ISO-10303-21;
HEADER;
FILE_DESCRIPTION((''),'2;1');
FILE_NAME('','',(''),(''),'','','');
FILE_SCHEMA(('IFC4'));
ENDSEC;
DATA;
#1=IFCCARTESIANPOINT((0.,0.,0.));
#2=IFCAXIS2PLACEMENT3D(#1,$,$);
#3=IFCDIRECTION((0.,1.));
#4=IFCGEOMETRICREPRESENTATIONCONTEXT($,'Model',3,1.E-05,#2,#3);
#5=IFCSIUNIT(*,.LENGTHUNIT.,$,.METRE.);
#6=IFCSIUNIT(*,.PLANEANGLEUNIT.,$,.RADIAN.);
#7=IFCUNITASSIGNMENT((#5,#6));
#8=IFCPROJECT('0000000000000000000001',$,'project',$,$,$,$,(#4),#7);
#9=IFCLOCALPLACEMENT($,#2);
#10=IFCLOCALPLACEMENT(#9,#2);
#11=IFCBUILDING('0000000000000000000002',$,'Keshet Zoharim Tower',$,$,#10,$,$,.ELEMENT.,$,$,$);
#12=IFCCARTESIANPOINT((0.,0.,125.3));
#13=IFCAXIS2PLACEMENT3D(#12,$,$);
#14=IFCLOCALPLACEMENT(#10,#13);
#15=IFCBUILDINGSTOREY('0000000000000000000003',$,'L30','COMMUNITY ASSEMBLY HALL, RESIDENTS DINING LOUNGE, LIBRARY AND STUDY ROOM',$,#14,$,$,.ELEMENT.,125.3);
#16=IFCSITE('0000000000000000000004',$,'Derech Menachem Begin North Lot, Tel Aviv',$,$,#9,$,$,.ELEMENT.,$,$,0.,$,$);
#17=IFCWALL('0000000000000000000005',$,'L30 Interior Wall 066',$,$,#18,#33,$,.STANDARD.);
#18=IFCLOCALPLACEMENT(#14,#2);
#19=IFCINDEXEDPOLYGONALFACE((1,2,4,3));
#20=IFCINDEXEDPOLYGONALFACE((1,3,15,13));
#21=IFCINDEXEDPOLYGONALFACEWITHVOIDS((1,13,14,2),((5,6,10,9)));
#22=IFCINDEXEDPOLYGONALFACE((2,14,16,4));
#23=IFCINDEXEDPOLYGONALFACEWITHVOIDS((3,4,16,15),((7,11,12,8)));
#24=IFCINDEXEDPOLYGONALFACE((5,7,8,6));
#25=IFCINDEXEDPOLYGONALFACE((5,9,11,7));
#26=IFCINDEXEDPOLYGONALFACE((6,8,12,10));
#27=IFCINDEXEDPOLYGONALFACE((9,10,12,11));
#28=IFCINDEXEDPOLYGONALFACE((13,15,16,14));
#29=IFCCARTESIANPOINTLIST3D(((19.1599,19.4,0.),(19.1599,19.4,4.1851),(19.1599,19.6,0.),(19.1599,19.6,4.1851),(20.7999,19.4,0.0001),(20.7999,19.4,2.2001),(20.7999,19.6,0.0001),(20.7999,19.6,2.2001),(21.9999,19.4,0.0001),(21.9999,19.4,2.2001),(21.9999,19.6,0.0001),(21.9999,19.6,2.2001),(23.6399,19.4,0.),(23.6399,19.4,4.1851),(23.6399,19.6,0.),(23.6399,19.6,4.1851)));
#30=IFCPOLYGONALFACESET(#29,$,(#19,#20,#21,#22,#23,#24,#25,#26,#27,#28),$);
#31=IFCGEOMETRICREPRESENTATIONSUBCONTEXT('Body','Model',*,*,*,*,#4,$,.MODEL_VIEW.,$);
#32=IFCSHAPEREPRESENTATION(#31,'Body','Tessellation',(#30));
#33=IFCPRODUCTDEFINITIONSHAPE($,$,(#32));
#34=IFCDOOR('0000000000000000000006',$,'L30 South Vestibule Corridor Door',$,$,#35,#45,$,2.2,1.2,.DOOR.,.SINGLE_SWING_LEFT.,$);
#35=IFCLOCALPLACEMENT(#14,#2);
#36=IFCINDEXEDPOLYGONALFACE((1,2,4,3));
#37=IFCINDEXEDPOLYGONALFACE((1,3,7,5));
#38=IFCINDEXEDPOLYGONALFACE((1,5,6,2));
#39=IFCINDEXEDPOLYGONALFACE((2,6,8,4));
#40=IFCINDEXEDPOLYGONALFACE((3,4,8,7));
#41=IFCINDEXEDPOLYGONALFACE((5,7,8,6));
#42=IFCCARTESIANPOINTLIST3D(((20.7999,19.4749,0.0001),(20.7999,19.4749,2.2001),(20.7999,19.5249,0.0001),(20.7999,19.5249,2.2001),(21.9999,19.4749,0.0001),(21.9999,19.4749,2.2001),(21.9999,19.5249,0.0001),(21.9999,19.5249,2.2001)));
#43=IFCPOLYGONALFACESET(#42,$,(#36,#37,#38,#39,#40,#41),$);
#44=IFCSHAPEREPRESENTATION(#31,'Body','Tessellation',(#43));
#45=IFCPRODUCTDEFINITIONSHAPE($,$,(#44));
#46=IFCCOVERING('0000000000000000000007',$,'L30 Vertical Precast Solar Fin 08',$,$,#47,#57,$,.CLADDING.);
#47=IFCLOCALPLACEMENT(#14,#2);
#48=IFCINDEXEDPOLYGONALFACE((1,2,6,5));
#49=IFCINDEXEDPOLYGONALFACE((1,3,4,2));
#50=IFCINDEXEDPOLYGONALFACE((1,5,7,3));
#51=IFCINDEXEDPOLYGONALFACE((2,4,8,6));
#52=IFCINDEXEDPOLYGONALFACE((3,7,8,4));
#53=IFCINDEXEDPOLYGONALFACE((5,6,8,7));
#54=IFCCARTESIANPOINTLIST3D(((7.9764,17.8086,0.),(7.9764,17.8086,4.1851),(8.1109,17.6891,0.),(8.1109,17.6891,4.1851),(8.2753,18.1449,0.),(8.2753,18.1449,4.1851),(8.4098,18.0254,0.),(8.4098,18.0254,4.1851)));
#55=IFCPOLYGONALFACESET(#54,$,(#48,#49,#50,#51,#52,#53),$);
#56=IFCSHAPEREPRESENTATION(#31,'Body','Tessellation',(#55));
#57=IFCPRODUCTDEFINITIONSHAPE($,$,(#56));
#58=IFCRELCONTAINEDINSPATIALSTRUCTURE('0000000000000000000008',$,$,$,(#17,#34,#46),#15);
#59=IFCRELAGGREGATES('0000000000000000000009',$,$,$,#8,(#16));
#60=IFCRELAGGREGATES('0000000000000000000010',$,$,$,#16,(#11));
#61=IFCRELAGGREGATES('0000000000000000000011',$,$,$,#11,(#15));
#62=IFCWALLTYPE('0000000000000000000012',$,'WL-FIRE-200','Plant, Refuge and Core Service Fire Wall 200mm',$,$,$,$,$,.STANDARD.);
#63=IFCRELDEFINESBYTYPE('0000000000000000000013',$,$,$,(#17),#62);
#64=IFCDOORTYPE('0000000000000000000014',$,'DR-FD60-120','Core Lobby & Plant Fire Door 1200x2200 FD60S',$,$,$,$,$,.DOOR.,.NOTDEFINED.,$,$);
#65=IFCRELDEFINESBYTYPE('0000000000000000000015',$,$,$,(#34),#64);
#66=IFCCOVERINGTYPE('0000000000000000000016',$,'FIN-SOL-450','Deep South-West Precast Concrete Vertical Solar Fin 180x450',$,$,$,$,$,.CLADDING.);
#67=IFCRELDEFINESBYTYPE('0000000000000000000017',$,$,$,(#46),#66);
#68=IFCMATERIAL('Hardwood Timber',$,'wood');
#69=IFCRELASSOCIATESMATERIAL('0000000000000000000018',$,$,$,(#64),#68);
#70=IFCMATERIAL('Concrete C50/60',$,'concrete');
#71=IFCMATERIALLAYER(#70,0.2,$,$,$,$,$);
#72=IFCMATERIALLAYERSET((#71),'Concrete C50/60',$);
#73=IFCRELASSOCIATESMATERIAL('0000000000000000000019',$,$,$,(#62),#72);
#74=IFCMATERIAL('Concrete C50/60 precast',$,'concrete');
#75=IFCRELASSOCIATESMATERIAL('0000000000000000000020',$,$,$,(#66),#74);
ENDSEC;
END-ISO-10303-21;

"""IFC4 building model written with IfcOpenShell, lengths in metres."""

from ifc_helpers import new_model, si_unit, direction, frame, frame_2d, origin, origin_2d, place, context, subcontext, project, spatial, rectangle, extrude, material, layer, layer_set, type_object, element, fill, save


model = new_model("IFC4")

# Units and contexts
model_context = context("Model", 3, precision=1e-05, world=origin(), true_north=direction((0.0, 1.0)))
body_context = subcontext(model_context, "Body", "Model", "MODEL_VIEW")
ifc_project = project(units=[si_unit("LENGTHUNIT", "METRE"), si_unit("PLANEANGLEUNIT", "RADIAN")], contexts=[model_context])

# Site, building, storey
site_placement = place(None, origin())
site = spatial("IfcSite", under=ifc_project, at=site_placement, Name="Derech Menachem Begin North Lot, Tel Aviv", CompositionType="ELEMENT", RefElevation=0.0)
building_placement = place(site_placement, origin())
building = spatial("IfcBuilding", under=site, at=building_placement, Name="Keshet Zoharim Tower", CompositionType="ELEMENT")
storey_placement = place(building_placement, frame((0.0, 0.0, 125.3)))
storey = spatial("IfcBuildingStorey", under=building, at=storey_placement, Name="L30", Description="COMMUNITY ASSEMBLY HALL, RESIDENTS DINING LOUNGE, LIBRARY AND STUDY ROOM", CompositionType="ELEMENT", Elevation=125.3)

# Shared definitions
ifc_material_1 = material(Name="Hardwood Timber", Category="wood")

# Wall, opening, door
door_type_1 = type_object("IfcDoorType", Name="DR-FD60-120", Description="Core Lobby & Plant Fire Door 1200x2200 FD60S", OperationType="NOTDEFINED", PredefinedType="DOOR", material=ifc_material_1)
ifc_material_2 = material(Name="Concrete C50/60", Category="concrete")
ifc_layer_1 = layer(ifc_material_2, 0.2)
ifc_layer_set_1 = layer_set([ifc_layer_1], Name="Concrete C50/60")
wall_type_1 = type_object("IfcWallType", Name="WL-FIRE-200", Description="Plant, Refuge and Core Service Fire Wall 200mm", PredefinedType="STANDARD", material=ifc_layer_set_1)
wall_1_placement = place(storey_placement, frame((19.1599, 19.5, 0.0), z_axis=(0.0, 0.0, 1.0), x_axis=(1.0, 0.0, 0.0)))
wall_1 = element("IfcWall", 1, at=wall_1_placement, inside=storey, type_object=wall_type_1, Name="L30 Interior Wall 066", PredefinedType="STANDARD", context=body_context, shape_type="SweptSolid", body=[
    extrude(rectangle(XDim=4.48, YDim=0.2, at=frame_2d((2.24, 0.0))), origin(), (0.0, 0.0, 1.0), 4.1851),
])
opening_1_placement = place(wall_1_placement, frame((1.6399, 0.0, 0.0)))
opening_1 = element("IfcOpeningElement", 2, at=opening_1_placement, cuts=wall_1, PredefinedType="OPENING", context=body_context, shape_type="SweptSolid", body=[
    extrude(rectangle(XDim=1.2, YDim=2.2, at=frame_2d((0.6001, 1.1001))), frame((0.0, 0.1099, 0.0), z_axis=(0.0, -1.0, 0.0), x_axis=(1.0, 0.0, 0.0)), (0.0, 0.0, 1.0), 0.22),
])
door_1_placement = place(opening_1_placement, origin())
door_1 = element("IfcDoor", 3, at=door_1_placement, inside=storey, type_object=door_type_1, Name="L30 South Vestibule Corridor Door", OperationType="SINGLE_SWING_LEFT", OverallHeight=2.2, OverallWidth=1.2, PredefinedType="DOOR", context=body_context, shape_type="SweptSolid", body=[
    extrude(rectangle(XDim=1.2, YDim=2.2, at=frame_2d((0.6001, 1.1001))), frame((0.0, 0.0249, 0.0), z_axis=(0.0, -1.0, 0.0), x_axis=(1.0, 0.0, 0.0)), (0.0, 0.0, 1.0), 0.05),
])
fill(opening_1, door_1)

# Covering
ifc_material_3 = material(Name="Concrete C50/60 precast", Category="concrete")
covering_type = type_object("IfcCoveringType", Name="FIN-SOL-450", Description="Deep South-West Precast Concrete Vertical Solar Fin 180x450", PredefinedType="CLADDING", material=ifc_material_3)
covering_placement = place(storey_placement, frame((8.1931, 17.917, 0.0), z_axis=(0.0, 0.0, 1.0), x_axis=(-0.747409, 0.664364, 0.0)))
element("IfcCovering", 4, at=covering_placement, inside=storey, type_object=covering_type, Name="L30 Vertical Precast Solar Fin 08", PredefinedType="CLADDING", context=body_context, shape_type="SweptSolid", body=[
    extrude(rectangle(XDim=0.1799, YDim=0.45, at=origin_2d()), origin(), (0.0, 0.0, 1.0), 4.1851),
])

save(model, "model.ifc")
